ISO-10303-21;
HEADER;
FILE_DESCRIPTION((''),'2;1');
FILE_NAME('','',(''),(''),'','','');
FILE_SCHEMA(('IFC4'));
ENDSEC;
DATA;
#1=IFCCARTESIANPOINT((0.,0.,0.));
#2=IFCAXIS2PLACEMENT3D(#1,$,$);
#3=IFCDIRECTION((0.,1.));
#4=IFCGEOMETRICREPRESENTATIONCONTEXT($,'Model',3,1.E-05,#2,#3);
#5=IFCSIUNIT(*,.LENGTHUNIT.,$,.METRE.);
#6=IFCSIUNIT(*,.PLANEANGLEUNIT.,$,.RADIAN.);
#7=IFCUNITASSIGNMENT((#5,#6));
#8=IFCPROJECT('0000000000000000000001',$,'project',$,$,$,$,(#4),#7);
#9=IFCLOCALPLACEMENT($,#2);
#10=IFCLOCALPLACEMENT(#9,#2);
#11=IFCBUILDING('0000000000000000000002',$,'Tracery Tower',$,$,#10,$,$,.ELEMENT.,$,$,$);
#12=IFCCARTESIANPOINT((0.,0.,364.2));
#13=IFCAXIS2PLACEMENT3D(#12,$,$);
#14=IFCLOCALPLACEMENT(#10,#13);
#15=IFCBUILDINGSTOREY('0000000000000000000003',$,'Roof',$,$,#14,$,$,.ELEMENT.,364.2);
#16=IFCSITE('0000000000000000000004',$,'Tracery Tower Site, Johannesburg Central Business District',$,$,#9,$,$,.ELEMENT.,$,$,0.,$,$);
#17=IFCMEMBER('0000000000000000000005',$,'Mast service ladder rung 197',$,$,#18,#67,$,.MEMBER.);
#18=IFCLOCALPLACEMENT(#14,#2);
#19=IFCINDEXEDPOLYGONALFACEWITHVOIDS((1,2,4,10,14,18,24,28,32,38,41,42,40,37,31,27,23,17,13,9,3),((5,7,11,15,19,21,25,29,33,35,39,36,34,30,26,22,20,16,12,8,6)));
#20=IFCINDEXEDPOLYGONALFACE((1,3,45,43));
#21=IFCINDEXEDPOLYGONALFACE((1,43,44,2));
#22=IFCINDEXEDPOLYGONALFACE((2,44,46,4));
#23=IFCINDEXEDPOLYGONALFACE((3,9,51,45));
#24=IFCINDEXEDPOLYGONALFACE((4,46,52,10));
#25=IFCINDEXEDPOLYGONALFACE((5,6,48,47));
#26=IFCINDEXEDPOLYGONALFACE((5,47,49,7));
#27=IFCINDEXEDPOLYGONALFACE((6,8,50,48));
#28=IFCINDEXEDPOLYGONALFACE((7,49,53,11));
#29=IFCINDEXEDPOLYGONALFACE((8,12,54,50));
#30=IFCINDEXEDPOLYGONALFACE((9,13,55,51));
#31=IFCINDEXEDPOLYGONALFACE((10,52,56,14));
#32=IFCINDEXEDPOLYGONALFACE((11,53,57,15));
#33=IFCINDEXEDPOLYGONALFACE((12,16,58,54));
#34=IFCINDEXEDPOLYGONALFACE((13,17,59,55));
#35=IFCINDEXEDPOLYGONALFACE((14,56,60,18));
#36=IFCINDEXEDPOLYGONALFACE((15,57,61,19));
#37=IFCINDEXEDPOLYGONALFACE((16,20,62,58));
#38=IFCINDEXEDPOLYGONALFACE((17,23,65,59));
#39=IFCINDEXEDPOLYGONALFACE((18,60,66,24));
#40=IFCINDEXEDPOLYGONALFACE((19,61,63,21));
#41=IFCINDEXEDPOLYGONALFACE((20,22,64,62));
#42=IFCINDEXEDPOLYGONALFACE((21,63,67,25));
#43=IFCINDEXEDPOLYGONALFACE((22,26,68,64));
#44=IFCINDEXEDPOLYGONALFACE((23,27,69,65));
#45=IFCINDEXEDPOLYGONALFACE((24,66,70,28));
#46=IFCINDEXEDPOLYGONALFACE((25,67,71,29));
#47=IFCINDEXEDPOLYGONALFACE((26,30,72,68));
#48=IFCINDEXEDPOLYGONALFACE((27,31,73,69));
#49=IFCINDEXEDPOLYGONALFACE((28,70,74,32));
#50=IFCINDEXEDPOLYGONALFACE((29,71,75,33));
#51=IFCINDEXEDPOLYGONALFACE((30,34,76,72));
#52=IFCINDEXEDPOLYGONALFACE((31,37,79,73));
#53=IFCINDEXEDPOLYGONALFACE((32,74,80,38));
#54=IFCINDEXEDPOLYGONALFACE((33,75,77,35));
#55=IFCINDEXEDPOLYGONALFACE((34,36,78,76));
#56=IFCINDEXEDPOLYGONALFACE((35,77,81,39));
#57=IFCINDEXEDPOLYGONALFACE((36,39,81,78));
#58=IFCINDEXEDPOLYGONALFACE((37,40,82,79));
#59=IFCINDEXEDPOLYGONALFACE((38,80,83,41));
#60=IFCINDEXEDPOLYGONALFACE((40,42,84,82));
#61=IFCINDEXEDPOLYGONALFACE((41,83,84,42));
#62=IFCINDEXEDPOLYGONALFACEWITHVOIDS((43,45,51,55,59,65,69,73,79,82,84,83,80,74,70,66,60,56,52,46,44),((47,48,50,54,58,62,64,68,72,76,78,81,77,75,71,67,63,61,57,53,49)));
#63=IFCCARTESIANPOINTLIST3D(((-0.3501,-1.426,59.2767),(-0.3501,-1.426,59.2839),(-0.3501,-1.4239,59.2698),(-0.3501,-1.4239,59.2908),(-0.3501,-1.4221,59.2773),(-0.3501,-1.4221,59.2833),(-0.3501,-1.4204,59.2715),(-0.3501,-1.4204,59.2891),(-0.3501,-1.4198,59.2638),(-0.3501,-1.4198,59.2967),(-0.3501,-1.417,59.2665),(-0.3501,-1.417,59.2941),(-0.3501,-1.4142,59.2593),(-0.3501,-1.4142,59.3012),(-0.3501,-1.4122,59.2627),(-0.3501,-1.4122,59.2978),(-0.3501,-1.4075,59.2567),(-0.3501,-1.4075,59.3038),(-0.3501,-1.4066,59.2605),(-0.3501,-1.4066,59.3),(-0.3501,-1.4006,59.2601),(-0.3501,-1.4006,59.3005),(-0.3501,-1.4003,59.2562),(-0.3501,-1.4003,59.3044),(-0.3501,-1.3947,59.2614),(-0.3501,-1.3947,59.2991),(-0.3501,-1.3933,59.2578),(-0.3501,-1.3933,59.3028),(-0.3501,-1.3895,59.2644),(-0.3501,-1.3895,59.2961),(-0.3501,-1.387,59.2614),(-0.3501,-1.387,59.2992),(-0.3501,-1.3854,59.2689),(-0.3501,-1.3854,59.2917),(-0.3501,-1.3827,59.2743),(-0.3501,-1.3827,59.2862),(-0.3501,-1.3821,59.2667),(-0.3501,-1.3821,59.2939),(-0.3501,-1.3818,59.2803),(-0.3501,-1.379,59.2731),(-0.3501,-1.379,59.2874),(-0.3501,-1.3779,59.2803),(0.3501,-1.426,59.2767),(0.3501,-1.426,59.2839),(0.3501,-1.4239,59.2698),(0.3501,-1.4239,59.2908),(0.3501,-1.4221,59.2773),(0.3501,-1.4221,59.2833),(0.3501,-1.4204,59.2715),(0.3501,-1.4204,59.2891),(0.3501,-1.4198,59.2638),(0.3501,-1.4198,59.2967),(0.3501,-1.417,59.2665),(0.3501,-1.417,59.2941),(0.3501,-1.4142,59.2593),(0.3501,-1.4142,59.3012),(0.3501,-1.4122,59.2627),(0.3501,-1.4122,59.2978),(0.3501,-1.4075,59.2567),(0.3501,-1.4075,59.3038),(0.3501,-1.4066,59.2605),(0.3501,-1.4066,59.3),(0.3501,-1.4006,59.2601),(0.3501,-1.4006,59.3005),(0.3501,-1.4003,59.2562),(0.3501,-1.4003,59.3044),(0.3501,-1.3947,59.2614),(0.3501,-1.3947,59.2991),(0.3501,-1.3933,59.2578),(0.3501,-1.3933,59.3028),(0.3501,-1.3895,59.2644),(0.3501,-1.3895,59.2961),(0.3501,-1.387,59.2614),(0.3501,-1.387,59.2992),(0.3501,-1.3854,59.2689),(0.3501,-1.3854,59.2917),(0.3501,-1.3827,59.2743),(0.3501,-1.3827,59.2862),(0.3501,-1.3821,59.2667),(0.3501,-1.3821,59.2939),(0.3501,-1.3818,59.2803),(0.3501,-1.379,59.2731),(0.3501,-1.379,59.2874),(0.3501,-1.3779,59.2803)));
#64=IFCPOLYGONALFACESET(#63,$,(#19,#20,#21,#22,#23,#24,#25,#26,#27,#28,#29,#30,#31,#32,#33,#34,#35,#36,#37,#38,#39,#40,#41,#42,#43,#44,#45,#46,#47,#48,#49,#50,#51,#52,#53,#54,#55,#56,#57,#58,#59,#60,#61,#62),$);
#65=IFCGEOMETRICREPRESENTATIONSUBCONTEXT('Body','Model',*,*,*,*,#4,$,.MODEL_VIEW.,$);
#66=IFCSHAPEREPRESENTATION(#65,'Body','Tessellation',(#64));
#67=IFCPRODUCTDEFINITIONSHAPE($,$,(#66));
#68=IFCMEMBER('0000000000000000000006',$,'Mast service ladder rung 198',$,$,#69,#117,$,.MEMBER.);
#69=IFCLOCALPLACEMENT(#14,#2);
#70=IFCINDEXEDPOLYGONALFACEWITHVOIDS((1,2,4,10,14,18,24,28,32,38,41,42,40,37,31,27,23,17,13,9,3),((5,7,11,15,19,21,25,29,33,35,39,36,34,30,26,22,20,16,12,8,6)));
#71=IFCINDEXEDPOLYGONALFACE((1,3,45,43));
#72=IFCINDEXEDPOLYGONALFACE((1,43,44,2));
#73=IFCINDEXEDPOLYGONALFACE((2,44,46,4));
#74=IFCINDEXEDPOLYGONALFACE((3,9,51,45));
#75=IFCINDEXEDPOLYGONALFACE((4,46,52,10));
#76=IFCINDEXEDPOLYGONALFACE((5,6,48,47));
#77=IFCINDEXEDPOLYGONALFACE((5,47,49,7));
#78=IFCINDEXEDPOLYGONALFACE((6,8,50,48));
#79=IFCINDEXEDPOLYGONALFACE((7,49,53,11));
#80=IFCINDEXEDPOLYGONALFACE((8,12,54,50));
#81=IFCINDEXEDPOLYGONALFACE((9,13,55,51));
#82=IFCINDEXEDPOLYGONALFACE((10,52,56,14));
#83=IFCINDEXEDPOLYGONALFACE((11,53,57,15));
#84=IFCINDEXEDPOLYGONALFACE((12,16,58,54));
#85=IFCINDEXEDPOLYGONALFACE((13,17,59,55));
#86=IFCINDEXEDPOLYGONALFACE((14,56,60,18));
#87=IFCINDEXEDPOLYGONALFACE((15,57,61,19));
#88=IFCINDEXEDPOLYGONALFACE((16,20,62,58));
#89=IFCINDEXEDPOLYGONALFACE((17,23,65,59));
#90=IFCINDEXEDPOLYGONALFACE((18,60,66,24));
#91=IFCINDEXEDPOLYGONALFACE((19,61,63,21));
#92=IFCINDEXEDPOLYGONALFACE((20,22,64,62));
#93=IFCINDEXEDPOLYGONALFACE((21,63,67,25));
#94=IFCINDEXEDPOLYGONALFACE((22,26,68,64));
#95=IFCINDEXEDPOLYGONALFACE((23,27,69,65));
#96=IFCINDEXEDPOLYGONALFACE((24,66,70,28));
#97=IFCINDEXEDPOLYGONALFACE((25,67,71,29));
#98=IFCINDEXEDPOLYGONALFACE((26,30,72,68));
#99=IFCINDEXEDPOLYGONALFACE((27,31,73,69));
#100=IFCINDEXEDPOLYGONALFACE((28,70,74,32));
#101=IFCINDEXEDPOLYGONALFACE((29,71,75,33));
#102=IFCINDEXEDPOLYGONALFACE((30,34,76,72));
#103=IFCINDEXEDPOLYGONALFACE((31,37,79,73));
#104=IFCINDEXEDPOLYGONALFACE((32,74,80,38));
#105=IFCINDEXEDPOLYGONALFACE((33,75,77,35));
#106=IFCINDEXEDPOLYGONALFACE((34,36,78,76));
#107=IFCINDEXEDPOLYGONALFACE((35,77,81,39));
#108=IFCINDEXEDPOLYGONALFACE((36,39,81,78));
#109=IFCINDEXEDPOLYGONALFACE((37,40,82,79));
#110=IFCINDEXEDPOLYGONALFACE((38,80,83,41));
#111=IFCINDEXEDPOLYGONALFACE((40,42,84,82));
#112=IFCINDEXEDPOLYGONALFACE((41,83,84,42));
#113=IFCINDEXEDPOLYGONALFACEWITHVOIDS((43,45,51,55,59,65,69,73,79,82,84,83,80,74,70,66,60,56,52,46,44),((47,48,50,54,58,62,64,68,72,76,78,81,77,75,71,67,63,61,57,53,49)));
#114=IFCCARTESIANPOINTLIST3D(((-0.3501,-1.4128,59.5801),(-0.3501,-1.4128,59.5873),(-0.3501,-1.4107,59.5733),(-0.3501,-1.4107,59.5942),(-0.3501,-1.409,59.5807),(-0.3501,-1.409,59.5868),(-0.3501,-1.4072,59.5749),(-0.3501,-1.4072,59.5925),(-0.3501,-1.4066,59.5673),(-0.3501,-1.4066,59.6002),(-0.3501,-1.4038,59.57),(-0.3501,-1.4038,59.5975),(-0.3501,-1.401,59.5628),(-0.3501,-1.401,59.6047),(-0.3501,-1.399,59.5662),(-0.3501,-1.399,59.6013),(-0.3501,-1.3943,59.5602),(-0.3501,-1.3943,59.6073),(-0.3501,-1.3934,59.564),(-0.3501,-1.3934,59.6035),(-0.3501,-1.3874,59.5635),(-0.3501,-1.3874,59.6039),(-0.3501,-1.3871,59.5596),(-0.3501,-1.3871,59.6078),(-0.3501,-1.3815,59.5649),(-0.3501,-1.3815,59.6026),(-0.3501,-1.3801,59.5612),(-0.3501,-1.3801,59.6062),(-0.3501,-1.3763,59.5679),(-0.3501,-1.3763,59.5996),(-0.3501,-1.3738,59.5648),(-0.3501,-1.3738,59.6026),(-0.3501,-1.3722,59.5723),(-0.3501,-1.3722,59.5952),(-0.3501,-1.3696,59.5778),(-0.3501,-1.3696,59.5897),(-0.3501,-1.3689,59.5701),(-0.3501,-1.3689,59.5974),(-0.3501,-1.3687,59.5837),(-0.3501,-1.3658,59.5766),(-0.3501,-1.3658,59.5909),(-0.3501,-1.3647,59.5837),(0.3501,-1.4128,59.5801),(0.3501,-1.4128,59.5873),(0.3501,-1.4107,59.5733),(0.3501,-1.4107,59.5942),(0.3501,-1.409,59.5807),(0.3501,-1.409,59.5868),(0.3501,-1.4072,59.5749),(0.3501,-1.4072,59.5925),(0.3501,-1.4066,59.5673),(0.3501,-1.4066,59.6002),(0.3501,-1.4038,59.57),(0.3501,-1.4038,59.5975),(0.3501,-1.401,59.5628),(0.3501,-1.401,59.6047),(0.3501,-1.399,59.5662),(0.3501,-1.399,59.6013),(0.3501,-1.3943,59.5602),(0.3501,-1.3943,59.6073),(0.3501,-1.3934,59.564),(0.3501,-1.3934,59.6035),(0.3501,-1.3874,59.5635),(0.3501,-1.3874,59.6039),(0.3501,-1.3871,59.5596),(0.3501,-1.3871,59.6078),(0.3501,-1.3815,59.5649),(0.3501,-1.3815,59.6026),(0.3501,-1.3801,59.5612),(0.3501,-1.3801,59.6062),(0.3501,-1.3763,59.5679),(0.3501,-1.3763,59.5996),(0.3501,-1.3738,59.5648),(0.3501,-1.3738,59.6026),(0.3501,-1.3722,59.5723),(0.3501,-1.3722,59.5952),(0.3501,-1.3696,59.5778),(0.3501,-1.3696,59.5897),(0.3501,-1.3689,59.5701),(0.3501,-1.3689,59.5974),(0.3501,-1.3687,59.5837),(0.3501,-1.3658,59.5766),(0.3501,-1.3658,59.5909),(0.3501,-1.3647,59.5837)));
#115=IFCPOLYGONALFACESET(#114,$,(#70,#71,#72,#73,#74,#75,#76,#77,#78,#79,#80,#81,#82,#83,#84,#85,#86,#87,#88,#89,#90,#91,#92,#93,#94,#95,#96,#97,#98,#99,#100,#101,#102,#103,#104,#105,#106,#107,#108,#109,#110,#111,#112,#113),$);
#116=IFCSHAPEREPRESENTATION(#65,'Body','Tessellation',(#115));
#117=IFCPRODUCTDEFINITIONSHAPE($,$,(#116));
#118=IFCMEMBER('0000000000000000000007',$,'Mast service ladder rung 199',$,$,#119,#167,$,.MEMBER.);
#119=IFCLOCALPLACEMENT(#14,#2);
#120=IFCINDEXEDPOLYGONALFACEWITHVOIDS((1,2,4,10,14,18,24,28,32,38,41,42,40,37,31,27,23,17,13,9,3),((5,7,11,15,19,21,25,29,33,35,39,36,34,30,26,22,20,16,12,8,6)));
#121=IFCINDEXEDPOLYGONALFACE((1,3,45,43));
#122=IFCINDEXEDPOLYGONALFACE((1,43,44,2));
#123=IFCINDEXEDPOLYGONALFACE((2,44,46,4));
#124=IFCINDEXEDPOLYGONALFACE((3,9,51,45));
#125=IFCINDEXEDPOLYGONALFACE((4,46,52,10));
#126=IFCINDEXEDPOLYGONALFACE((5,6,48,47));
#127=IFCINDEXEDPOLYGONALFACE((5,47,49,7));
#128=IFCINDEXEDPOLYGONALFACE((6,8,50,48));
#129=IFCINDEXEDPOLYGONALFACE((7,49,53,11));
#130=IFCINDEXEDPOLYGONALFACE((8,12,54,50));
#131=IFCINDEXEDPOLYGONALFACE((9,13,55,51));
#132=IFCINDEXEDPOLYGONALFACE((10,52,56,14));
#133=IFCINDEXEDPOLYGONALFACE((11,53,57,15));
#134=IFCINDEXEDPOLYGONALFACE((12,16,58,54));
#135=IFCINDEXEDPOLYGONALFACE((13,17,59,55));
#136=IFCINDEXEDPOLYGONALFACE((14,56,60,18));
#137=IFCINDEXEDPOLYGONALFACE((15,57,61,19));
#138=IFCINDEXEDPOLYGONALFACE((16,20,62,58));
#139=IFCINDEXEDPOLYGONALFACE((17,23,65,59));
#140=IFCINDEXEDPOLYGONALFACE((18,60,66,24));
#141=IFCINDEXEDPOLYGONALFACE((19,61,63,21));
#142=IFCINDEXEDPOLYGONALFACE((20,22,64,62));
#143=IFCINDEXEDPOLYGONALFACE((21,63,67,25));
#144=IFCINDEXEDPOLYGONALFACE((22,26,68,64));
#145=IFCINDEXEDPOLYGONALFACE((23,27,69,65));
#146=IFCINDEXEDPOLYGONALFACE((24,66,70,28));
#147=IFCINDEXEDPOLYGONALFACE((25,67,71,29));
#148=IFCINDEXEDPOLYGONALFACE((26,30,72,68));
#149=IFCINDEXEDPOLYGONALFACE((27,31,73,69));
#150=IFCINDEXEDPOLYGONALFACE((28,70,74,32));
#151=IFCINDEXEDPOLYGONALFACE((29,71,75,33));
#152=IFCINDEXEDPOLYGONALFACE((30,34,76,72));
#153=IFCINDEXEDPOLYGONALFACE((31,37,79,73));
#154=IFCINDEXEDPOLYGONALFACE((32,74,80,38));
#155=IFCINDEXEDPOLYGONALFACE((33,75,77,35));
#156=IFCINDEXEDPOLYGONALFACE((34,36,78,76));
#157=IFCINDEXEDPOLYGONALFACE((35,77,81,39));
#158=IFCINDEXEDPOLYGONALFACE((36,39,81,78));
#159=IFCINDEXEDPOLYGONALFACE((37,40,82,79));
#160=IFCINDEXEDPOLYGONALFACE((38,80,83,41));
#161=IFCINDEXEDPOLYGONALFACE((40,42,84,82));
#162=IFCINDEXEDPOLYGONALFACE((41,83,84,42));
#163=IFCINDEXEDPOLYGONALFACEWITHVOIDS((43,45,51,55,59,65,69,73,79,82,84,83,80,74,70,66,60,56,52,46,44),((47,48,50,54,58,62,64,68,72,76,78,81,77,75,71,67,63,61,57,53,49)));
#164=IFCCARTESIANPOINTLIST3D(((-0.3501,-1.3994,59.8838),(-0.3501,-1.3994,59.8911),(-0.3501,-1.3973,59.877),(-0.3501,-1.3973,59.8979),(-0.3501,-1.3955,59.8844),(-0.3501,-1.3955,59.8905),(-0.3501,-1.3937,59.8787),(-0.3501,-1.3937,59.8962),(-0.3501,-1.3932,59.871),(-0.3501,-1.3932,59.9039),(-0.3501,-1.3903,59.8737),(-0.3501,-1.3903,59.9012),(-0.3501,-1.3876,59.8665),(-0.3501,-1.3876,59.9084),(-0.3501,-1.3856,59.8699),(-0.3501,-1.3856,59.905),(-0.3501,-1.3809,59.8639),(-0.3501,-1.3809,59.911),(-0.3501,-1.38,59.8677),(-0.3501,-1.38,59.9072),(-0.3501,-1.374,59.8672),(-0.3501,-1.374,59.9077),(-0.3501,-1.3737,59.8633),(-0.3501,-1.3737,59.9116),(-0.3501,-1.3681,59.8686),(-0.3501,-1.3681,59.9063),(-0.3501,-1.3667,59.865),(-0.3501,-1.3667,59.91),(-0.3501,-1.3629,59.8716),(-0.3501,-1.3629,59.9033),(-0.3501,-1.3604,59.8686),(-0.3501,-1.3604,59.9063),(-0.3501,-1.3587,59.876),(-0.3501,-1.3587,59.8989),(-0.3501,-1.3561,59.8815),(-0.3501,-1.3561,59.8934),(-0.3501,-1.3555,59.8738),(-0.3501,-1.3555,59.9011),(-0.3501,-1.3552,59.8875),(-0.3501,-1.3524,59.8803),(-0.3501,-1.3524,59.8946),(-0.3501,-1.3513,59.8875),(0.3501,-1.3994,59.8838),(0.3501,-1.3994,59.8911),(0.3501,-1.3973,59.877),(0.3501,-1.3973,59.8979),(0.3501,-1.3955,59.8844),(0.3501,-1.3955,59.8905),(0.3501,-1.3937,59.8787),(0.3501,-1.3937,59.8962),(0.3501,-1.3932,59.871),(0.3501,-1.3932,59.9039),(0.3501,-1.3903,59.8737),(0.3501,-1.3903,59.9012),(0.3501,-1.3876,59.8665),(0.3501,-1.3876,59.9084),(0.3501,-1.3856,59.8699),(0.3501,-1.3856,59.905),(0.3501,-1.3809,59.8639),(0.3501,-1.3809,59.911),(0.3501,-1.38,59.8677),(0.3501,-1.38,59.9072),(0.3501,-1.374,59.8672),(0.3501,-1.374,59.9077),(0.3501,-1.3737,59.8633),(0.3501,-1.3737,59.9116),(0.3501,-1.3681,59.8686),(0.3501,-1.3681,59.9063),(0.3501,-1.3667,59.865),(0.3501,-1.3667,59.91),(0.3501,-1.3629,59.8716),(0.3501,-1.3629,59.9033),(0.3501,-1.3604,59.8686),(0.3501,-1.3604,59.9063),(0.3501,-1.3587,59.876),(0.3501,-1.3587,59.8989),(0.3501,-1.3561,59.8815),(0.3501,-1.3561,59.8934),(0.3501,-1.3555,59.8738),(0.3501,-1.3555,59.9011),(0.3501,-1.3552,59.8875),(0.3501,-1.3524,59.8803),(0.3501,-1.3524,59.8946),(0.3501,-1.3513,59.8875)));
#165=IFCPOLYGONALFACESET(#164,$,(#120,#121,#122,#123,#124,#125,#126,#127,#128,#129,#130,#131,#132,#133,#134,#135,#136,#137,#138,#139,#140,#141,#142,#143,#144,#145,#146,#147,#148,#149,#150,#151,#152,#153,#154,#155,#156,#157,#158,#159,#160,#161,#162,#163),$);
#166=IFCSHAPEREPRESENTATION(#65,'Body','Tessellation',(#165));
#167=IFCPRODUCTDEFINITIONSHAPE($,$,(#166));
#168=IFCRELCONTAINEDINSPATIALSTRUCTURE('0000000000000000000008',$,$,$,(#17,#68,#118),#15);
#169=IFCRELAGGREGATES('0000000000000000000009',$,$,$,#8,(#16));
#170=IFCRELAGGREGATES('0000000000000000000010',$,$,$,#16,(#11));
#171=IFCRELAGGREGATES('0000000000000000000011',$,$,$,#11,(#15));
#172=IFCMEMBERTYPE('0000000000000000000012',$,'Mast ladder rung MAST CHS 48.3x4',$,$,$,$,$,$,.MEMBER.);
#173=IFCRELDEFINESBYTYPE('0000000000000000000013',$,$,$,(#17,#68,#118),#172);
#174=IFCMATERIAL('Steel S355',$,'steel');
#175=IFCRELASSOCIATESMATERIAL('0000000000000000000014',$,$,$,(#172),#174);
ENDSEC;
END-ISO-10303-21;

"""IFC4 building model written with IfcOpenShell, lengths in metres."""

from ifc_helpers import new_model, si_unit, direction, frame, origin, origin_2d, place, context, subcontext, project, spatial, hollow_circle, extrude, material, material_profile, profile_set, type_object, element, save


model = new_model("IFC4")

# Units and contexts
model_context = context("Model", 3, precision=1e-05, world=origin(), true_north=direction((0.0, 1.0)))
body_context = subcontext(model_context, "Body", "Model", "MODEL_VIEW")
ifc_project = project(units=[si_unit("LENGTHUNIT", "METRE"), si_unit("PLANEANGLEUNIT", "RADIAN")], contexts=[model_context])

# Site, building, storey
site_placement = place(None, origin())
site = spatial("IfcSite", under=ifc_project, at=site_placement, Name="Tracery Tower Site, Johannesburg Central Business District", CompositionType="ELEMENT", RefElevation=0.0)
building_placement = place(site_placement, origin())
building = spatial("IfcBuilding", under=site, at=building_placement, Name="Tracery Tower", CompositionType="ELEMENT")
storey_placement = place(building_placement, frame((0.0, 0.0, 364.2)))
storey = spatial("IfcBuildingStorey", under=building, at=storey_placement, Name="Roof", CompositionType="ELEMENT", Elevation=364.2)

# Members
ifc_material_1 = material(Name="Steel S355", Category="steel")
ifc_material_profile_1 = material_profile(ifc_material_1, hollow_circle(Radius=0.0242, WallThickness=0.0039, at=origin_2d()), Name="CHS 48.3x4")
ifc_profile_set_1 = profile_set([ifc_material_profile_1], Name="Steel S355")
member_type_1 = type_object("IfcMemberType", Name="Mast ladder rung MAST CHS 48.3x4", PredefinedType="MEMBER", material=ifc_profile_set_1)
for number, where, z_axis, x_axis, name in (
    (1, (-0.3501, -1.4021, 59.2803), (1.0, 0.0, 0.0), (0.0, 1.0, 0.0), "Mast service ladder rung 197"),
    (2, (-0.3501, -1.3889, 59.5837), (1.0, 0.0, 0.0), (0.0, 1.0, 0.0), "Mast service ladder rung 198"),
    (3, (-0.3501, -1.3755, 59.8875), (1.0, 0.0, 0.0), (0.0, 1.0, 0.0), "Mast service ladder rung 199"),
):
    element("IfcMember", number, at=place(storey_placement, frame(where, z_axis=z_axis, x_axis=x_axis)), inside=storey, type_object=member_type_1, Name=name, PredefinedType="MEMBER", context=body_context, shape_type="SweptSolid", body=[
        extrude(hollow_circle(Radius=0.0242, WallThickness=0.0039, at=origin_2d()), origin(), (0.0, 0.0, 1.0), 0.7002),
    ])

save(model, "model.ifc")
